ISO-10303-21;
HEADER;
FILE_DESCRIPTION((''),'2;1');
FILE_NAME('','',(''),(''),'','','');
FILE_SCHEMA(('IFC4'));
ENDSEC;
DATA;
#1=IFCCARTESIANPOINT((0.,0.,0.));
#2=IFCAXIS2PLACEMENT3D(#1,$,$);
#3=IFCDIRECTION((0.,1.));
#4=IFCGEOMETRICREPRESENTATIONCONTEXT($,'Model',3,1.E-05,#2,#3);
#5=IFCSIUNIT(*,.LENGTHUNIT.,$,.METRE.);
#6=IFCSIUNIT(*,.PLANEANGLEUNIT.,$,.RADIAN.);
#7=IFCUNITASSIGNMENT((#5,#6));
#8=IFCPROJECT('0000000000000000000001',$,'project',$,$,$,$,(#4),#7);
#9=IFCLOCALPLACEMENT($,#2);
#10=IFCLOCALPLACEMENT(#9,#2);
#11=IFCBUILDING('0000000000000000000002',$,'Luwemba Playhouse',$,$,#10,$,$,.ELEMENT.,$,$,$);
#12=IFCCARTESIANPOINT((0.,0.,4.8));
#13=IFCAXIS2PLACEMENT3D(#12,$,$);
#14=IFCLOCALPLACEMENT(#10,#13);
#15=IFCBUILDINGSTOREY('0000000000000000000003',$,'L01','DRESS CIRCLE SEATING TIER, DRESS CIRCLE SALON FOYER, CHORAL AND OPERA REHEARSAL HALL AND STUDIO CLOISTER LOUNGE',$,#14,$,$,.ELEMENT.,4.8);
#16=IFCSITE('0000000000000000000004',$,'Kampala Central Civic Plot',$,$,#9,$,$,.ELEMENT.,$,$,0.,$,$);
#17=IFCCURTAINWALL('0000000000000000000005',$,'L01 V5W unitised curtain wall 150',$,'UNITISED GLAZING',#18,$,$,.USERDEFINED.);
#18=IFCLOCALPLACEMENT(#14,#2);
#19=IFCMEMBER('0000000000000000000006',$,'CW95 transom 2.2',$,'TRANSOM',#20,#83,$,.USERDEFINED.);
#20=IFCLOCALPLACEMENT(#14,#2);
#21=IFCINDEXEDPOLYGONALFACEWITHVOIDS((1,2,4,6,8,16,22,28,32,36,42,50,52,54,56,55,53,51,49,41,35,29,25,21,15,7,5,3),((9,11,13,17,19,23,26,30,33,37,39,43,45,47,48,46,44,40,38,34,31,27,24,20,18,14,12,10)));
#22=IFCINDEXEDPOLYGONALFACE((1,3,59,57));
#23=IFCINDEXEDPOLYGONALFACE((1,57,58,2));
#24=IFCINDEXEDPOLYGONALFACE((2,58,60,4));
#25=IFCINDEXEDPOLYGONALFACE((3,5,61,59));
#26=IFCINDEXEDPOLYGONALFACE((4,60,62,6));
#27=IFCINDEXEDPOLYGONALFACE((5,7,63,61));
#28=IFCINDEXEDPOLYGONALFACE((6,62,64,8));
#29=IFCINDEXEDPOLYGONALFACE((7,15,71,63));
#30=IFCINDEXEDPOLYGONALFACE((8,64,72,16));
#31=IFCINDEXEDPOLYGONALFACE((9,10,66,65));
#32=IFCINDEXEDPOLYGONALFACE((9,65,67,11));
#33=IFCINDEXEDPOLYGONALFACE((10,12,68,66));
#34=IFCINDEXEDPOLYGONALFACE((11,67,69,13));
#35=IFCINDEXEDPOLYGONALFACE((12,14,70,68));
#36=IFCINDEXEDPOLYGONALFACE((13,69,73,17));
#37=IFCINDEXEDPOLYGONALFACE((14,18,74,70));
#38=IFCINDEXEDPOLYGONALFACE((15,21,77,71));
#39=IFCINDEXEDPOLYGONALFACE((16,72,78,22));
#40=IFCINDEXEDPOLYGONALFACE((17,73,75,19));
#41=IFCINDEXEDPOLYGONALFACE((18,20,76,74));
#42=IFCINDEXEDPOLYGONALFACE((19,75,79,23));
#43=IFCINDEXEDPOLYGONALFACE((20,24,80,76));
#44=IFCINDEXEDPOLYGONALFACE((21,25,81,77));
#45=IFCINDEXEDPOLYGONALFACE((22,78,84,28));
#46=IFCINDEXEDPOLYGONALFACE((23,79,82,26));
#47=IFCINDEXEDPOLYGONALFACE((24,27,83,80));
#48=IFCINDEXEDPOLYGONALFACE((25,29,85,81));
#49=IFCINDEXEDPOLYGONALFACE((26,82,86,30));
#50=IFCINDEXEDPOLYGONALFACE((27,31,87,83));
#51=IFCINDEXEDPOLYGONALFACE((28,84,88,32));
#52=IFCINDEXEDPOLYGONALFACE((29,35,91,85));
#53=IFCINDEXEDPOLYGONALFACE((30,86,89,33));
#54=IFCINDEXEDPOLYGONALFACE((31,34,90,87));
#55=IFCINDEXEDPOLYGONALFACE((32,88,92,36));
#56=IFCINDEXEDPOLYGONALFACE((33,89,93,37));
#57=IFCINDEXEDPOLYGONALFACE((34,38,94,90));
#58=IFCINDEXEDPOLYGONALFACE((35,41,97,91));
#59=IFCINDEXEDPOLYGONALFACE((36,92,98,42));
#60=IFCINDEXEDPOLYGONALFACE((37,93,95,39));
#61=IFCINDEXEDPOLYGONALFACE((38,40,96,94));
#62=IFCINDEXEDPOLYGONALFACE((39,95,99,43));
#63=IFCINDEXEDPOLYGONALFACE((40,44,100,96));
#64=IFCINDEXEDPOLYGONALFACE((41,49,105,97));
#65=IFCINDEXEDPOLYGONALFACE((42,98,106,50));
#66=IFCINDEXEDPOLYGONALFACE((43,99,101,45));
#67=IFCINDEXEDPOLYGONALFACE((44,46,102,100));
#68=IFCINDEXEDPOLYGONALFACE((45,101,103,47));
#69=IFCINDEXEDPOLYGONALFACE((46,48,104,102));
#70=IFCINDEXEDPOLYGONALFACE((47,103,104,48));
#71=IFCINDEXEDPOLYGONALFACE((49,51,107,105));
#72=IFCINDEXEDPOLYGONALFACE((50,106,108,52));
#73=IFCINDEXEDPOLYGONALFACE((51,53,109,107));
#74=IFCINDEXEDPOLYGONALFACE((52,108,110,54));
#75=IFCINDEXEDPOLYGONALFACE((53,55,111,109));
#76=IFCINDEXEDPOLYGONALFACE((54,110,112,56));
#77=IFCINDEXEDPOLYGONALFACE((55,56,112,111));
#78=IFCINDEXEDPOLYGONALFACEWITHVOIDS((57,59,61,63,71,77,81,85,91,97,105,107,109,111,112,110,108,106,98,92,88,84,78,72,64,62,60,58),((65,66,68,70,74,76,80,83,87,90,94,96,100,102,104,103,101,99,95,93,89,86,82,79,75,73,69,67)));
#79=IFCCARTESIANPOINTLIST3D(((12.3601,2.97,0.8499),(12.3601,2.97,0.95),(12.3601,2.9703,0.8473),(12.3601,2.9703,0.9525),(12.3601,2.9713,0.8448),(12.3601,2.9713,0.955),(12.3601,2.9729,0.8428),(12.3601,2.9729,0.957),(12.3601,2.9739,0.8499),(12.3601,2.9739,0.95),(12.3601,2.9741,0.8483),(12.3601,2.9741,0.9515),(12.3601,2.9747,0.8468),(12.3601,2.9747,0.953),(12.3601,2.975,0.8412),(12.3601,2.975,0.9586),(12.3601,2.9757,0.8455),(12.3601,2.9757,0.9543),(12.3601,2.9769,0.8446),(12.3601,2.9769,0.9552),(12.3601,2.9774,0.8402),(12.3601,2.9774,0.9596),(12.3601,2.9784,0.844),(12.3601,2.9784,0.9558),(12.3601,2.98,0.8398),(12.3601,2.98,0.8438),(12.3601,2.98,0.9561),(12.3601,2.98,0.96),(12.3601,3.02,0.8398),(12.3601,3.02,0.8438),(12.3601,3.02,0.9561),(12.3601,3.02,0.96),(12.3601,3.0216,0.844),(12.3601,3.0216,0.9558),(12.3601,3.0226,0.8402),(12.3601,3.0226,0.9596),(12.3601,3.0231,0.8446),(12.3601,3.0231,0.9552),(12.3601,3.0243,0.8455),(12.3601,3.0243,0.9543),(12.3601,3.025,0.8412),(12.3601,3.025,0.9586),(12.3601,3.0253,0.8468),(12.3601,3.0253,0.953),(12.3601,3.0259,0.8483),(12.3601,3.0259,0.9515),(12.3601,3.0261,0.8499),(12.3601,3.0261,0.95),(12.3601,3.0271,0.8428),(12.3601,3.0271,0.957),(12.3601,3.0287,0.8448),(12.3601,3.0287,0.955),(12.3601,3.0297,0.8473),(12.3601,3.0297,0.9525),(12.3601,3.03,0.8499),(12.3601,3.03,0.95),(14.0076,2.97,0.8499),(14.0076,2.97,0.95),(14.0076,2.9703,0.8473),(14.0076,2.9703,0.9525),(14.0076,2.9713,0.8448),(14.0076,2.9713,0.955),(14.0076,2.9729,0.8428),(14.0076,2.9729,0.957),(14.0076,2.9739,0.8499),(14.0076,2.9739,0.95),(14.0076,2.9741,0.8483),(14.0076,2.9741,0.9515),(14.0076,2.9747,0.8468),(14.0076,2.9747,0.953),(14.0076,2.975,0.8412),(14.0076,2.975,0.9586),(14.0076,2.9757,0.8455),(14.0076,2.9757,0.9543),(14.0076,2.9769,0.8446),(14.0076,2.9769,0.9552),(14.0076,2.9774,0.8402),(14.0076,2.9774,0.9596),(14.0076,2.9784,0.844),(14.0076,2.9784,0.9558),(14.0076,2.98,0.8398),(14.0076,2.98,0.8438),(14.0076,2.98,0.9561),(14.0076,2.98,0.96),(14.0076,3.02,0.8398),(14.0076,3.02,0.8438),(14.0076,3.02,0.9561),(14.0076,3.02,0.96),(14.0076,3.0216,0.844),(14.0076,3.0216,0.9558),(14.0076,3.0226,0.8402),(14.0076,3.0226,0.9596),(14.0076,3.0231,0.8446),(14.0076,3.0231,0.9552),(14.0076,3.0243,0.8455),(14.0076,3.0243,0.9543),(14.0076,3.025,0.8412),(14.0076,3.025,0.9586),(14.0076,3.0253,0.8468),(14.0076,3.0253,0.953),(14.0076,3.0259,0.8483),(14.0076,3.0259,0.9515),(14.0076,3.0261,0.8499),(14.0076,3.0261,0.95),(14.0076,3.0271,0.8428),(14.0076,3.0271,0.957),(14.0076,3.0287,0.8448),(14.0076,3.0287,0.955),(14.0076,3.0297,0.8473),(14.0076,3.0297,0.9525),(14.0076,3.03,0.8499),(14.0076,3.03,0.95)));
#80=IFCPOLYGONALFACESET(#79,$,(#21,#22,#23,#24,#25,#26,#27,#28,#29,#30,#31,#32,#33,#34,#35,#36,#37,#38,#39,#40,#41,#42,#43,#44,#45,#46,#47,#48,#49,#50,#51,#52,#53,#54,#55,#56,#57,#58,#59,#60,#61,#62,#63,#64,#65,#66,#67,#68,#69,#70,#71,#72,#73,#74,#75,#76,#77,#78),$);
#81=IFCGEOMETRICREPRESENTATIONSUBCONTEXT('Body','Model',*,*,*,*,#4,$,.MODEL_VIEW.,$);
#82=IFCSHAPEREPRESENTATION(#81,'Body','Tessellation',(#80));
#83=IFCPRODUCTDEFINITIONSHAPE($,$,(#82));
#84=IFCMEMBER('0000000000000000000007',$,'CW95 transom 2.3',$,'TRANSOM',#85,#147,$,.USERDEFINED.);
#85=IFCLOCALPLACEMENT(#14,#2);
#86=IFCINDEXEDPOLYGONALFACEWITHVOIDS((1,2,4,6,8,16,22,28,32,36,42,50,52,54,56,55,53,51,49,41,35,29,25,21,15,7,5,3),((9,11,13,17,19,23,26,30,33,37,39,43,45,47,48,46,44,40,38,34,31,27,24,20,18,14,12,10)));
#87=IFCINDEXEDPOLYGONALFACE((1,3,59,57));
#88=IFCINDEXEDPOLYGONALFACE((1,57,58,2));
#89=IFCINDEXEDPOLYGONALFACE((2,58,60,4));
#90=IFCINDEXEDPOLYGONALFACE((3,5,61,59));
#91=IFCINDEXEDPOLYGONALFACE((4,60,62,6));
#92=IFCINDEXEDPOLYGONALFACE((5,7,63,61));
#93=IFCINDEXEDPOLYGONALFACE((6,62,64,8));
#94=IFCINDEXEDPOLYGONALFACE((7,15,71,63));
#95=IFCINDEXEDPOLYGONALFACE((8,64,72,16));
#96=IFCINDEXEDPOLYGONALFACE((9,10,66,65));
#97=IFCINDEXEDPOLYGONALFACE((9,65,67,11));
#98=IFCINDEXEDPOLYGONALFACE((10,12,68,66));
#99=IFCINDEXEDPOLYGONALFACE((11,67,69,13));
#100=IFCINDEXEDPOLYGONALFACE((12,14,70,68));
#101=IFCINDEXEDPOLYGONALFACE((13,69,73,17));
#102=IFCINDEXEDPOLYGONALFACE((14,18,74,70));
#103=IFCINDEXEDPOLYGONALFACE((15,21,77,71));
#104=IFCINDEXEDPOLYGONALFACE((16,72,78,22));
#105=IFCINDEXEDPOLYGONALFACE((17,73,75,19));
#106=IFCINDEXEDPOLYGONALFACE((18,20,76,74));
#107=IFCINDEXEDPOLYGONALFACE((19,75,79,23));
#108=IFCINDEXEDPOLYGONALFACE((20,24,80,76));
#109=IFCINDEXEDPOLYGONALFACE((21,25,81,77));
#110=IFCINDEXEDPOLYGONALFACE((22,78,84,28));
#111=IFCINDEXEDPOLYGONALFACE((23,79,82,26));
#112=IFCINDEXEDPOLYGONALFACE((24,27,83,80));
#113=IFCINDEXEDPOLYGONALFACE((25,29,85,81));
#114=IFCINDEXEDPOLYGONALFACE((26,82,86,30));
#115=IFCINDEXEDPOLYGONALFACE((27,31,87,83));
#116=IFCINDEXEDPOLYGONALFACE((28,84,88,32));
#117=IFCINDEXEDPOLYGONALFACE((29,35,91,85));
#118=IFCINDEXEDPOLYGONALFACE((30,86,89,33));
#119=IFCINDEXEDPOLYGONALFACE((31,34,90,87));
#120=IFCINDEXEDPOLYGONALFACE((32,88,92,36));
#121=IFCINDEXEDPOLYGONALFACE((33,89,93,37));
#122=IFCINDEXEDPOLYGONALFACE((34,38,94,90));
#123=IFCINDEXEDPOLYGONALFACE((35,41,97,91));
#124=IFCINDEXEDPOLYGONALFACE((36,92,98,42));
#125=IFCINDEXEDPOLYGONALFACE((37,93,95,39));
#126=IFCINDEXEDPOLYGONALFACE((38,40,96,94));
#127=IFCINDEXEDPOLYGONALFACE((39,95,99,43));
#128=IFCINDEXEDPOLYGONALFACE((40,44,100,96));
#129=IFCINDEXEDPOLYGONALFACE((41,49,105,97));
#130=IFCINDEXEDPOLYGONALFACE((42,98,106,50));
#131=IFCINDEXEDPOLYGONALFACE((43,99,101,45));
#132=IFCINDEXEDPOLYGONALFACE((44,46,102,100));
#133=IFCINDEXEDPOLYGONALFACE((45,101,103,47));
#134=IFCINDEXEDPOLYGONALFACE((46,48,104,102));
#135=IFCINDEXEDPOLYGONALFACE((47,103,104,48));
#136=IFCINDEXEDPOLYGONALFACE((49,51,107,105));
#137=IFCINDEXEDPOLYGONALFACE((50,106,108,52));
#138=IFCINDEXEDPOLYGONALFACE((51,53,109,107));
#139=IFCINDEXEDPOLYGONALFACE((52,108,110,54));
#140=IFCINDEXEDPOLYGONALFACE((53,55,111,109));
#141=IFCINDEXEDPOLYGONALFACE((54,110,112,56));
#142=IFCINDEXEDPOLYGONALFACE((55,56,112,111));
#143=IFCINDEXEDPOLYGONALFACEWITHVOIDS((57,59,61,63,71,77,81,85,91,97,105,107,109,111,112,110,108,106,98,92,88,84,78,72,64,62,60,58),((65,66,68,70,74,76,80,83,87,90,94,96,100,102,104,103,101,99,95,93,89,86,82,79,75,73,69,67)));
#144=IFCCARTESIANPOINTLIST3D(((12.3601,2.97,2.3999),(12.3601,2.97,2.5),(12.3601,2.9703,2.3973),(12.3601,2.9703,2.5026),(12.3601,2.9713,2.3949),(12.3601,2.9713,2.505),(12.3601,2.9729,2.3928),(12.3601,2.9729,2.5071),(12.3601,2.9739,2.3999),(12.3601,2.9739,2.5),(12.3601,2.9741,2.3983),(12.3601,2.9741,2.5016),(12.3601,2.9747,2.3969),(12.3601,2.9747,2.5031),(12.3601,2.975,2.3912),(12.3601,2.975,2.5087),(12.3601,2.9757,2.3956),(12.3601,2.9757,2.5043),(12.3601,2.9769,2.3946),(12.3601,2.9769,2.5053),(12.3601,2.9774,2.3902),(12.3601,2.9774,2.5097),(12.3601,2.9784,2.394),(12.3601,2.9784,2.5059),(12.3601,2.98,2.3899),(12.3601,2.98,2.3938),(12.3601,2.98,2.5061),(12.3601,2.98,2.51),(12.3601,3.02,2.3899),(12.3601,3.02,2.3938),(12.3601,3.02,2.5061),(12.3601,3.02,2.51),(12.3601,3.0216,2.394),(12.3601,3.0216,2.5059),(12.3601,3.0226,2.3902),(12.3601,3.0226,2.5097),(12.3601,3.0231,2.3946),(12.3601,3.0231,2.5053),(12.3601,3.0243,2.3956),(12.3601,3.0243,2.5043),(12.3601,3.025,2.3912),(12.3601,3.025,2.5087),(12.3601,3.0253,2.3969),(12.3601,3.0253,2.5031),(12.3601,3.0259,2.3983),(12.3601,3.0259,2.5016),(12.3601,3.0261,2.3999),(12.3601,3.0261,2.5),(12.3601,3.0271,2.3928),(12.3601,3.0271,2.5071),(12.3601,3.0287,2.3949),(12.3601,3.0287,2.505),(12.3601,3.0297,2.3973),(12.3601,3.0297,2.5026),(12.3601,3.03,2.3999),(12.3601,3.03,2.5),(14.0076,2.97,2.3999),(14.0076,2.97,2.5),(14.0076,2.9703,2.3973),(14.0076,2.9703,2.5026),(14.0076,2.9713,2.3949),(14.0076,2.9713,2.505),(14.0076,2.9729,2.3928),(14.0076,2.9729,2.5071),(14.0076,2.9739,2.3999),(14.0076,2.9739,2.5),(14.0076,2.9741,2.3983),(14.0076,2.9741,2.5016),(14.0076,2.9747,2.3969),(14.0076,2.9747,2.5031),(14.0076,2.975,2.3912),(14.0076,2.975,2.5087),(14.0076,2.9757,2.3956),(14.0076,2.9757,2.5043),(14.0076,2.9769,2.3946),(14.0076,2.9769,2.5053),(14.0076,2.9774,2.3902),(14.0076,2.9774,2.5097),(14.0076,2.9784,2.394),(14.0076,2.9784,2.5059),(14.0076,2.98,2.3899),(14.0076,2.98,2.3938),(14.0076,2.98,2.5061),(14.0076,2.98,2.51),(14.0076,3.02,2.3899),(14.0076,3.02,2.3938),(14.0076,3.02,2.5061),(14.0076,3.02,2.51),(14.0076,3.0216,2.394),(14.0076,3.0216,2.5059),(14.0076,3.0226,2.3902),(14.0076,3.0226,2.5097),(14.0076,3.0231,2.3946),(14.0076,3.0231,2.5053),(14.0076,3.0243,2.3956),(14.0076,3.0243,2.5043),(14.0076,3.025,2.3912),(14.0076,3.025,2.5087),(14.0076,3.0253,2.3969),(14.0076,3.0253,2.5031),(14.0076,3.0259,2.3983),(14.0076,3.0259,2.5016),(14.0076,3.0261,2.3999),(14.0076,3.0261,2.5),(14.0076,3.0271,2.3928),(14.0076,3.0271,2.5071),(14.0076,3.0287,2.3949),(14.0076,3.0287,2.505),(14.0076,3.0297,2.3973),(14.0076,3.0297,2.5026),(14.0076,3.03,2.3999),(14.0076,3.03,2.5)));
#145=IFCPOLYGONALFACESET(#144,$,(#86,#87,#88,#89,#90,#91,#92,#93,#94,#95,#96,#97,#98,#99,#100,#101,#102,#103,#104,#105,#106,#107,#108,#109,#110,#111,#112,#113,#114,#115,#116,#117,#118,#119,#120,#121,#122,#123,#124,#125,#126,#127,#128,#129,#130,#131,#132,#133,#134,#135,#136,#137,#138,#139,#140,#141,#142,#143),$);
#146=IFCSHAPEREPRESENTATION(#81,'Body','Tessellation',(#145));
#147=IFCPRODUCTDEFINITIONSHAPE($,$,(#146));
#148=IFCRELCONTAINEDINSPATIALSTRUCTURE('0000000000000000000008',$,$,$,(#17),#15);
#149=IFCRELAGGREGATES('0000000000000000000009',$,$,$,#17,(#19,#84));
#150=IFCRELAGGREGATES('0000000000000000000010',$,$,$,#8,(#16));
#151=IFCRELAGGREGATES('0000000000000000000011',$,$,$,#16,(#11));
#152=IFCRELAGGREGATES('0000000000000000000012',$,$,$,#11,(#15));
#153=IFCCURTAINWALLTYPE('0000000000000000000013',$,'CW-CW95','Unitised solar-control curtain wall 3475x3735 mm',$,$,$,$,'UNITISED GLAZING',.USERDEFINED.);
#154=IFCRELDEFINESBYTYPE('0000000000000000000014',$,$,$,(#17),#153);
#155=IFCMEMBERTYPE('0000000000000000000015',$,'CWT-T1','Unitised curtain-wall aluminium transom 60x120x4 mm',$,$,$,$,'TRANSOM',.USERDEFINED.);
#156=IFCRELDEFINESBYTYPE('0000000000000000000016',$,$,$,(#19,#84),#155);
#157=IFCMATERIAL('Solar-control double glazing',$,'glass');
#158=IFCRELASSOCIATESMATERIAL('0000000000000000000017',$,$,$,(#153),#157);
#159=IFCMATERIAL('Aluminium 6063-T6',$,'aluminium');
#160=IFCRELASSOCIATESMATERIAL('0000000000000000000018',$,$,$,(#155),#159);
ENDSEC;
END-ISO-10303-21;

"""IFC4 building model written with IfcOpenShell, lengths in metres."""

from ifc_helpers import new_model, si_unit, direction, frame, origin, origin_2d, place, context, subcontext, project, spatial, hollow_rectangle, extrude, material, material_profile, profile_set, type_object, element, aggregate, save


model = new_model("IFC4")

# Units and contexts
model_context = context("Model", 3, precision=1e-05, world=origin(), true_north=direction((0.0, 1.0)))
body_context = subcontext(model_context, "Body", "Model", "MODEL_VIEW")
ifc_project = project(units=[si_unit("LENGTHUNIT", "METRE"), si_unit("PLANEANGLEUNIT", "RADIAN")], contexts=[model_context])

# Site, building, storey
site_placement = place(None, origin())
site = spatial("IfcSite", under=ifc_project, at=site_placement, Name="Kampala Central Civic Plot", CompositionType="ELEMENT", RefElevation=0.0)
building_placement = place(site_placement, origin())
building = spatial("IfcBuilding", under=site, at=building_placement, Name="Luwemba Playhouse", CompositionType="ELEMENT")
storey_placement = place(building_placement, frame((0.0, 0.0, 4.8)))
storey = spatial("IfcBuildingStorey", under=building, at=storey_placement, Name="L01", Description="DRESS CIRCLE SEATING TIER, DRESS CIRCLE SALON FOYER, CHORAL AND OPERA REHEARSAL HALL AND STUDIO CLOISTER LOUNGE", CompositionType="ELEMENT", Elevation=4.8)

# Curtain wall
ifc_material_1 = material(Name="Solar-control double glazing", Category="glass")
curtain_wall_type_1 = type_object("IfcCurtainWallType", Name="CW-CW95", Description="Unitised solar-control curtain wall 3475x3735 mm", ElementType="UNITISED GLAZING", PredefinedType="USERDEFINED", material=ifc_material_1)
curtain_wall_1_placement = place(storey_placement, origin())
curtain_wall_1 = element("IfcCurtainWall", 1, at=curtain_wall_1_placement, inside=storey, type_object=curtain_wall_type_1, Name="L01 V5W unitised curtain wall 150", ObjectType="UNITISED GLAZING", PredefinedType="USERDEFINED")
ifc_material_2 = material(Name="Aluminium 6063-T6", Category="aluminium")

# Members
ifc_material_profile_1 = material_profile(ifc_material_2, hollow_rectangle(XDim=0.0601, YDim=0.1201, WallThickness=0.0039, InnerFilletRadius=0.0061, OuterFilletRadius=0.01, at=origin_2d()))
ifc_profile_set_1 = profile_set([ifc_material_profile_1], Name="Aluminium 6063-T6")
member_type_1 = type_object("IfcMemberType", Name="CWT-T1", Description="Unitised curtain-wall aluminium transom 60x120x4 mm", ElementType="TRANSOM", PredefinedType="USERDEFINED", material=ifc_profile_set_1)
member_1_placement = place(storey_placement, frame((14.0076, 3.0, 0.8999), z_axis=(-1.0, 0.0, 0.0), x_axis=(0.0, -1.0, 0.0)))
member_1 = element("IfcMember", 2, at=member_1_placement, type_object=member_type_1, Name="CW95 transom 2.2", ObjectType="TRANSOM", PredefinedType="USERDEFINED", context=body_context, shape_type="SweptSolid", body=[
    extrude(hollow_rectangle(XDim=0.0601, YDim=0.1201, WallThickness=0.0039, InnerFilletRadius=0.0061, OuterFilletRadius=0.01, at=origin_2d()), origin(), (0.0, 0.0, 1.0), 1.6475),
])
member_2_placement = place(storey_placement, frame((14.0076, 3.0, 2.45), z_axis=(-1.0, 0.0, 0.0), x_axis=(0.0, -1.0, 0.0)))
member_2 = element("IfcMember", 3, at=member_2_placement, type_object=member_type_1, Name="CW95 transom 2.3", ObjectType="TRANSOM", PredefinedType="USERDEFINED", context=body_context, shape_type="SweptSolid", body=[
    extrude(hollow_rectangle(XDim=0.0601, YDim=0.1201, WallThickness=0.0039, InnerFilletRadius=0.0061, OuterFilletRadius=0.01, at=origin_2d()), origin(), (0.0, 0.0, 1.0), 1.6475),
])

aggregate(curtain_wall_1, [member_1, member_2])

save(model, "model.ifc")
